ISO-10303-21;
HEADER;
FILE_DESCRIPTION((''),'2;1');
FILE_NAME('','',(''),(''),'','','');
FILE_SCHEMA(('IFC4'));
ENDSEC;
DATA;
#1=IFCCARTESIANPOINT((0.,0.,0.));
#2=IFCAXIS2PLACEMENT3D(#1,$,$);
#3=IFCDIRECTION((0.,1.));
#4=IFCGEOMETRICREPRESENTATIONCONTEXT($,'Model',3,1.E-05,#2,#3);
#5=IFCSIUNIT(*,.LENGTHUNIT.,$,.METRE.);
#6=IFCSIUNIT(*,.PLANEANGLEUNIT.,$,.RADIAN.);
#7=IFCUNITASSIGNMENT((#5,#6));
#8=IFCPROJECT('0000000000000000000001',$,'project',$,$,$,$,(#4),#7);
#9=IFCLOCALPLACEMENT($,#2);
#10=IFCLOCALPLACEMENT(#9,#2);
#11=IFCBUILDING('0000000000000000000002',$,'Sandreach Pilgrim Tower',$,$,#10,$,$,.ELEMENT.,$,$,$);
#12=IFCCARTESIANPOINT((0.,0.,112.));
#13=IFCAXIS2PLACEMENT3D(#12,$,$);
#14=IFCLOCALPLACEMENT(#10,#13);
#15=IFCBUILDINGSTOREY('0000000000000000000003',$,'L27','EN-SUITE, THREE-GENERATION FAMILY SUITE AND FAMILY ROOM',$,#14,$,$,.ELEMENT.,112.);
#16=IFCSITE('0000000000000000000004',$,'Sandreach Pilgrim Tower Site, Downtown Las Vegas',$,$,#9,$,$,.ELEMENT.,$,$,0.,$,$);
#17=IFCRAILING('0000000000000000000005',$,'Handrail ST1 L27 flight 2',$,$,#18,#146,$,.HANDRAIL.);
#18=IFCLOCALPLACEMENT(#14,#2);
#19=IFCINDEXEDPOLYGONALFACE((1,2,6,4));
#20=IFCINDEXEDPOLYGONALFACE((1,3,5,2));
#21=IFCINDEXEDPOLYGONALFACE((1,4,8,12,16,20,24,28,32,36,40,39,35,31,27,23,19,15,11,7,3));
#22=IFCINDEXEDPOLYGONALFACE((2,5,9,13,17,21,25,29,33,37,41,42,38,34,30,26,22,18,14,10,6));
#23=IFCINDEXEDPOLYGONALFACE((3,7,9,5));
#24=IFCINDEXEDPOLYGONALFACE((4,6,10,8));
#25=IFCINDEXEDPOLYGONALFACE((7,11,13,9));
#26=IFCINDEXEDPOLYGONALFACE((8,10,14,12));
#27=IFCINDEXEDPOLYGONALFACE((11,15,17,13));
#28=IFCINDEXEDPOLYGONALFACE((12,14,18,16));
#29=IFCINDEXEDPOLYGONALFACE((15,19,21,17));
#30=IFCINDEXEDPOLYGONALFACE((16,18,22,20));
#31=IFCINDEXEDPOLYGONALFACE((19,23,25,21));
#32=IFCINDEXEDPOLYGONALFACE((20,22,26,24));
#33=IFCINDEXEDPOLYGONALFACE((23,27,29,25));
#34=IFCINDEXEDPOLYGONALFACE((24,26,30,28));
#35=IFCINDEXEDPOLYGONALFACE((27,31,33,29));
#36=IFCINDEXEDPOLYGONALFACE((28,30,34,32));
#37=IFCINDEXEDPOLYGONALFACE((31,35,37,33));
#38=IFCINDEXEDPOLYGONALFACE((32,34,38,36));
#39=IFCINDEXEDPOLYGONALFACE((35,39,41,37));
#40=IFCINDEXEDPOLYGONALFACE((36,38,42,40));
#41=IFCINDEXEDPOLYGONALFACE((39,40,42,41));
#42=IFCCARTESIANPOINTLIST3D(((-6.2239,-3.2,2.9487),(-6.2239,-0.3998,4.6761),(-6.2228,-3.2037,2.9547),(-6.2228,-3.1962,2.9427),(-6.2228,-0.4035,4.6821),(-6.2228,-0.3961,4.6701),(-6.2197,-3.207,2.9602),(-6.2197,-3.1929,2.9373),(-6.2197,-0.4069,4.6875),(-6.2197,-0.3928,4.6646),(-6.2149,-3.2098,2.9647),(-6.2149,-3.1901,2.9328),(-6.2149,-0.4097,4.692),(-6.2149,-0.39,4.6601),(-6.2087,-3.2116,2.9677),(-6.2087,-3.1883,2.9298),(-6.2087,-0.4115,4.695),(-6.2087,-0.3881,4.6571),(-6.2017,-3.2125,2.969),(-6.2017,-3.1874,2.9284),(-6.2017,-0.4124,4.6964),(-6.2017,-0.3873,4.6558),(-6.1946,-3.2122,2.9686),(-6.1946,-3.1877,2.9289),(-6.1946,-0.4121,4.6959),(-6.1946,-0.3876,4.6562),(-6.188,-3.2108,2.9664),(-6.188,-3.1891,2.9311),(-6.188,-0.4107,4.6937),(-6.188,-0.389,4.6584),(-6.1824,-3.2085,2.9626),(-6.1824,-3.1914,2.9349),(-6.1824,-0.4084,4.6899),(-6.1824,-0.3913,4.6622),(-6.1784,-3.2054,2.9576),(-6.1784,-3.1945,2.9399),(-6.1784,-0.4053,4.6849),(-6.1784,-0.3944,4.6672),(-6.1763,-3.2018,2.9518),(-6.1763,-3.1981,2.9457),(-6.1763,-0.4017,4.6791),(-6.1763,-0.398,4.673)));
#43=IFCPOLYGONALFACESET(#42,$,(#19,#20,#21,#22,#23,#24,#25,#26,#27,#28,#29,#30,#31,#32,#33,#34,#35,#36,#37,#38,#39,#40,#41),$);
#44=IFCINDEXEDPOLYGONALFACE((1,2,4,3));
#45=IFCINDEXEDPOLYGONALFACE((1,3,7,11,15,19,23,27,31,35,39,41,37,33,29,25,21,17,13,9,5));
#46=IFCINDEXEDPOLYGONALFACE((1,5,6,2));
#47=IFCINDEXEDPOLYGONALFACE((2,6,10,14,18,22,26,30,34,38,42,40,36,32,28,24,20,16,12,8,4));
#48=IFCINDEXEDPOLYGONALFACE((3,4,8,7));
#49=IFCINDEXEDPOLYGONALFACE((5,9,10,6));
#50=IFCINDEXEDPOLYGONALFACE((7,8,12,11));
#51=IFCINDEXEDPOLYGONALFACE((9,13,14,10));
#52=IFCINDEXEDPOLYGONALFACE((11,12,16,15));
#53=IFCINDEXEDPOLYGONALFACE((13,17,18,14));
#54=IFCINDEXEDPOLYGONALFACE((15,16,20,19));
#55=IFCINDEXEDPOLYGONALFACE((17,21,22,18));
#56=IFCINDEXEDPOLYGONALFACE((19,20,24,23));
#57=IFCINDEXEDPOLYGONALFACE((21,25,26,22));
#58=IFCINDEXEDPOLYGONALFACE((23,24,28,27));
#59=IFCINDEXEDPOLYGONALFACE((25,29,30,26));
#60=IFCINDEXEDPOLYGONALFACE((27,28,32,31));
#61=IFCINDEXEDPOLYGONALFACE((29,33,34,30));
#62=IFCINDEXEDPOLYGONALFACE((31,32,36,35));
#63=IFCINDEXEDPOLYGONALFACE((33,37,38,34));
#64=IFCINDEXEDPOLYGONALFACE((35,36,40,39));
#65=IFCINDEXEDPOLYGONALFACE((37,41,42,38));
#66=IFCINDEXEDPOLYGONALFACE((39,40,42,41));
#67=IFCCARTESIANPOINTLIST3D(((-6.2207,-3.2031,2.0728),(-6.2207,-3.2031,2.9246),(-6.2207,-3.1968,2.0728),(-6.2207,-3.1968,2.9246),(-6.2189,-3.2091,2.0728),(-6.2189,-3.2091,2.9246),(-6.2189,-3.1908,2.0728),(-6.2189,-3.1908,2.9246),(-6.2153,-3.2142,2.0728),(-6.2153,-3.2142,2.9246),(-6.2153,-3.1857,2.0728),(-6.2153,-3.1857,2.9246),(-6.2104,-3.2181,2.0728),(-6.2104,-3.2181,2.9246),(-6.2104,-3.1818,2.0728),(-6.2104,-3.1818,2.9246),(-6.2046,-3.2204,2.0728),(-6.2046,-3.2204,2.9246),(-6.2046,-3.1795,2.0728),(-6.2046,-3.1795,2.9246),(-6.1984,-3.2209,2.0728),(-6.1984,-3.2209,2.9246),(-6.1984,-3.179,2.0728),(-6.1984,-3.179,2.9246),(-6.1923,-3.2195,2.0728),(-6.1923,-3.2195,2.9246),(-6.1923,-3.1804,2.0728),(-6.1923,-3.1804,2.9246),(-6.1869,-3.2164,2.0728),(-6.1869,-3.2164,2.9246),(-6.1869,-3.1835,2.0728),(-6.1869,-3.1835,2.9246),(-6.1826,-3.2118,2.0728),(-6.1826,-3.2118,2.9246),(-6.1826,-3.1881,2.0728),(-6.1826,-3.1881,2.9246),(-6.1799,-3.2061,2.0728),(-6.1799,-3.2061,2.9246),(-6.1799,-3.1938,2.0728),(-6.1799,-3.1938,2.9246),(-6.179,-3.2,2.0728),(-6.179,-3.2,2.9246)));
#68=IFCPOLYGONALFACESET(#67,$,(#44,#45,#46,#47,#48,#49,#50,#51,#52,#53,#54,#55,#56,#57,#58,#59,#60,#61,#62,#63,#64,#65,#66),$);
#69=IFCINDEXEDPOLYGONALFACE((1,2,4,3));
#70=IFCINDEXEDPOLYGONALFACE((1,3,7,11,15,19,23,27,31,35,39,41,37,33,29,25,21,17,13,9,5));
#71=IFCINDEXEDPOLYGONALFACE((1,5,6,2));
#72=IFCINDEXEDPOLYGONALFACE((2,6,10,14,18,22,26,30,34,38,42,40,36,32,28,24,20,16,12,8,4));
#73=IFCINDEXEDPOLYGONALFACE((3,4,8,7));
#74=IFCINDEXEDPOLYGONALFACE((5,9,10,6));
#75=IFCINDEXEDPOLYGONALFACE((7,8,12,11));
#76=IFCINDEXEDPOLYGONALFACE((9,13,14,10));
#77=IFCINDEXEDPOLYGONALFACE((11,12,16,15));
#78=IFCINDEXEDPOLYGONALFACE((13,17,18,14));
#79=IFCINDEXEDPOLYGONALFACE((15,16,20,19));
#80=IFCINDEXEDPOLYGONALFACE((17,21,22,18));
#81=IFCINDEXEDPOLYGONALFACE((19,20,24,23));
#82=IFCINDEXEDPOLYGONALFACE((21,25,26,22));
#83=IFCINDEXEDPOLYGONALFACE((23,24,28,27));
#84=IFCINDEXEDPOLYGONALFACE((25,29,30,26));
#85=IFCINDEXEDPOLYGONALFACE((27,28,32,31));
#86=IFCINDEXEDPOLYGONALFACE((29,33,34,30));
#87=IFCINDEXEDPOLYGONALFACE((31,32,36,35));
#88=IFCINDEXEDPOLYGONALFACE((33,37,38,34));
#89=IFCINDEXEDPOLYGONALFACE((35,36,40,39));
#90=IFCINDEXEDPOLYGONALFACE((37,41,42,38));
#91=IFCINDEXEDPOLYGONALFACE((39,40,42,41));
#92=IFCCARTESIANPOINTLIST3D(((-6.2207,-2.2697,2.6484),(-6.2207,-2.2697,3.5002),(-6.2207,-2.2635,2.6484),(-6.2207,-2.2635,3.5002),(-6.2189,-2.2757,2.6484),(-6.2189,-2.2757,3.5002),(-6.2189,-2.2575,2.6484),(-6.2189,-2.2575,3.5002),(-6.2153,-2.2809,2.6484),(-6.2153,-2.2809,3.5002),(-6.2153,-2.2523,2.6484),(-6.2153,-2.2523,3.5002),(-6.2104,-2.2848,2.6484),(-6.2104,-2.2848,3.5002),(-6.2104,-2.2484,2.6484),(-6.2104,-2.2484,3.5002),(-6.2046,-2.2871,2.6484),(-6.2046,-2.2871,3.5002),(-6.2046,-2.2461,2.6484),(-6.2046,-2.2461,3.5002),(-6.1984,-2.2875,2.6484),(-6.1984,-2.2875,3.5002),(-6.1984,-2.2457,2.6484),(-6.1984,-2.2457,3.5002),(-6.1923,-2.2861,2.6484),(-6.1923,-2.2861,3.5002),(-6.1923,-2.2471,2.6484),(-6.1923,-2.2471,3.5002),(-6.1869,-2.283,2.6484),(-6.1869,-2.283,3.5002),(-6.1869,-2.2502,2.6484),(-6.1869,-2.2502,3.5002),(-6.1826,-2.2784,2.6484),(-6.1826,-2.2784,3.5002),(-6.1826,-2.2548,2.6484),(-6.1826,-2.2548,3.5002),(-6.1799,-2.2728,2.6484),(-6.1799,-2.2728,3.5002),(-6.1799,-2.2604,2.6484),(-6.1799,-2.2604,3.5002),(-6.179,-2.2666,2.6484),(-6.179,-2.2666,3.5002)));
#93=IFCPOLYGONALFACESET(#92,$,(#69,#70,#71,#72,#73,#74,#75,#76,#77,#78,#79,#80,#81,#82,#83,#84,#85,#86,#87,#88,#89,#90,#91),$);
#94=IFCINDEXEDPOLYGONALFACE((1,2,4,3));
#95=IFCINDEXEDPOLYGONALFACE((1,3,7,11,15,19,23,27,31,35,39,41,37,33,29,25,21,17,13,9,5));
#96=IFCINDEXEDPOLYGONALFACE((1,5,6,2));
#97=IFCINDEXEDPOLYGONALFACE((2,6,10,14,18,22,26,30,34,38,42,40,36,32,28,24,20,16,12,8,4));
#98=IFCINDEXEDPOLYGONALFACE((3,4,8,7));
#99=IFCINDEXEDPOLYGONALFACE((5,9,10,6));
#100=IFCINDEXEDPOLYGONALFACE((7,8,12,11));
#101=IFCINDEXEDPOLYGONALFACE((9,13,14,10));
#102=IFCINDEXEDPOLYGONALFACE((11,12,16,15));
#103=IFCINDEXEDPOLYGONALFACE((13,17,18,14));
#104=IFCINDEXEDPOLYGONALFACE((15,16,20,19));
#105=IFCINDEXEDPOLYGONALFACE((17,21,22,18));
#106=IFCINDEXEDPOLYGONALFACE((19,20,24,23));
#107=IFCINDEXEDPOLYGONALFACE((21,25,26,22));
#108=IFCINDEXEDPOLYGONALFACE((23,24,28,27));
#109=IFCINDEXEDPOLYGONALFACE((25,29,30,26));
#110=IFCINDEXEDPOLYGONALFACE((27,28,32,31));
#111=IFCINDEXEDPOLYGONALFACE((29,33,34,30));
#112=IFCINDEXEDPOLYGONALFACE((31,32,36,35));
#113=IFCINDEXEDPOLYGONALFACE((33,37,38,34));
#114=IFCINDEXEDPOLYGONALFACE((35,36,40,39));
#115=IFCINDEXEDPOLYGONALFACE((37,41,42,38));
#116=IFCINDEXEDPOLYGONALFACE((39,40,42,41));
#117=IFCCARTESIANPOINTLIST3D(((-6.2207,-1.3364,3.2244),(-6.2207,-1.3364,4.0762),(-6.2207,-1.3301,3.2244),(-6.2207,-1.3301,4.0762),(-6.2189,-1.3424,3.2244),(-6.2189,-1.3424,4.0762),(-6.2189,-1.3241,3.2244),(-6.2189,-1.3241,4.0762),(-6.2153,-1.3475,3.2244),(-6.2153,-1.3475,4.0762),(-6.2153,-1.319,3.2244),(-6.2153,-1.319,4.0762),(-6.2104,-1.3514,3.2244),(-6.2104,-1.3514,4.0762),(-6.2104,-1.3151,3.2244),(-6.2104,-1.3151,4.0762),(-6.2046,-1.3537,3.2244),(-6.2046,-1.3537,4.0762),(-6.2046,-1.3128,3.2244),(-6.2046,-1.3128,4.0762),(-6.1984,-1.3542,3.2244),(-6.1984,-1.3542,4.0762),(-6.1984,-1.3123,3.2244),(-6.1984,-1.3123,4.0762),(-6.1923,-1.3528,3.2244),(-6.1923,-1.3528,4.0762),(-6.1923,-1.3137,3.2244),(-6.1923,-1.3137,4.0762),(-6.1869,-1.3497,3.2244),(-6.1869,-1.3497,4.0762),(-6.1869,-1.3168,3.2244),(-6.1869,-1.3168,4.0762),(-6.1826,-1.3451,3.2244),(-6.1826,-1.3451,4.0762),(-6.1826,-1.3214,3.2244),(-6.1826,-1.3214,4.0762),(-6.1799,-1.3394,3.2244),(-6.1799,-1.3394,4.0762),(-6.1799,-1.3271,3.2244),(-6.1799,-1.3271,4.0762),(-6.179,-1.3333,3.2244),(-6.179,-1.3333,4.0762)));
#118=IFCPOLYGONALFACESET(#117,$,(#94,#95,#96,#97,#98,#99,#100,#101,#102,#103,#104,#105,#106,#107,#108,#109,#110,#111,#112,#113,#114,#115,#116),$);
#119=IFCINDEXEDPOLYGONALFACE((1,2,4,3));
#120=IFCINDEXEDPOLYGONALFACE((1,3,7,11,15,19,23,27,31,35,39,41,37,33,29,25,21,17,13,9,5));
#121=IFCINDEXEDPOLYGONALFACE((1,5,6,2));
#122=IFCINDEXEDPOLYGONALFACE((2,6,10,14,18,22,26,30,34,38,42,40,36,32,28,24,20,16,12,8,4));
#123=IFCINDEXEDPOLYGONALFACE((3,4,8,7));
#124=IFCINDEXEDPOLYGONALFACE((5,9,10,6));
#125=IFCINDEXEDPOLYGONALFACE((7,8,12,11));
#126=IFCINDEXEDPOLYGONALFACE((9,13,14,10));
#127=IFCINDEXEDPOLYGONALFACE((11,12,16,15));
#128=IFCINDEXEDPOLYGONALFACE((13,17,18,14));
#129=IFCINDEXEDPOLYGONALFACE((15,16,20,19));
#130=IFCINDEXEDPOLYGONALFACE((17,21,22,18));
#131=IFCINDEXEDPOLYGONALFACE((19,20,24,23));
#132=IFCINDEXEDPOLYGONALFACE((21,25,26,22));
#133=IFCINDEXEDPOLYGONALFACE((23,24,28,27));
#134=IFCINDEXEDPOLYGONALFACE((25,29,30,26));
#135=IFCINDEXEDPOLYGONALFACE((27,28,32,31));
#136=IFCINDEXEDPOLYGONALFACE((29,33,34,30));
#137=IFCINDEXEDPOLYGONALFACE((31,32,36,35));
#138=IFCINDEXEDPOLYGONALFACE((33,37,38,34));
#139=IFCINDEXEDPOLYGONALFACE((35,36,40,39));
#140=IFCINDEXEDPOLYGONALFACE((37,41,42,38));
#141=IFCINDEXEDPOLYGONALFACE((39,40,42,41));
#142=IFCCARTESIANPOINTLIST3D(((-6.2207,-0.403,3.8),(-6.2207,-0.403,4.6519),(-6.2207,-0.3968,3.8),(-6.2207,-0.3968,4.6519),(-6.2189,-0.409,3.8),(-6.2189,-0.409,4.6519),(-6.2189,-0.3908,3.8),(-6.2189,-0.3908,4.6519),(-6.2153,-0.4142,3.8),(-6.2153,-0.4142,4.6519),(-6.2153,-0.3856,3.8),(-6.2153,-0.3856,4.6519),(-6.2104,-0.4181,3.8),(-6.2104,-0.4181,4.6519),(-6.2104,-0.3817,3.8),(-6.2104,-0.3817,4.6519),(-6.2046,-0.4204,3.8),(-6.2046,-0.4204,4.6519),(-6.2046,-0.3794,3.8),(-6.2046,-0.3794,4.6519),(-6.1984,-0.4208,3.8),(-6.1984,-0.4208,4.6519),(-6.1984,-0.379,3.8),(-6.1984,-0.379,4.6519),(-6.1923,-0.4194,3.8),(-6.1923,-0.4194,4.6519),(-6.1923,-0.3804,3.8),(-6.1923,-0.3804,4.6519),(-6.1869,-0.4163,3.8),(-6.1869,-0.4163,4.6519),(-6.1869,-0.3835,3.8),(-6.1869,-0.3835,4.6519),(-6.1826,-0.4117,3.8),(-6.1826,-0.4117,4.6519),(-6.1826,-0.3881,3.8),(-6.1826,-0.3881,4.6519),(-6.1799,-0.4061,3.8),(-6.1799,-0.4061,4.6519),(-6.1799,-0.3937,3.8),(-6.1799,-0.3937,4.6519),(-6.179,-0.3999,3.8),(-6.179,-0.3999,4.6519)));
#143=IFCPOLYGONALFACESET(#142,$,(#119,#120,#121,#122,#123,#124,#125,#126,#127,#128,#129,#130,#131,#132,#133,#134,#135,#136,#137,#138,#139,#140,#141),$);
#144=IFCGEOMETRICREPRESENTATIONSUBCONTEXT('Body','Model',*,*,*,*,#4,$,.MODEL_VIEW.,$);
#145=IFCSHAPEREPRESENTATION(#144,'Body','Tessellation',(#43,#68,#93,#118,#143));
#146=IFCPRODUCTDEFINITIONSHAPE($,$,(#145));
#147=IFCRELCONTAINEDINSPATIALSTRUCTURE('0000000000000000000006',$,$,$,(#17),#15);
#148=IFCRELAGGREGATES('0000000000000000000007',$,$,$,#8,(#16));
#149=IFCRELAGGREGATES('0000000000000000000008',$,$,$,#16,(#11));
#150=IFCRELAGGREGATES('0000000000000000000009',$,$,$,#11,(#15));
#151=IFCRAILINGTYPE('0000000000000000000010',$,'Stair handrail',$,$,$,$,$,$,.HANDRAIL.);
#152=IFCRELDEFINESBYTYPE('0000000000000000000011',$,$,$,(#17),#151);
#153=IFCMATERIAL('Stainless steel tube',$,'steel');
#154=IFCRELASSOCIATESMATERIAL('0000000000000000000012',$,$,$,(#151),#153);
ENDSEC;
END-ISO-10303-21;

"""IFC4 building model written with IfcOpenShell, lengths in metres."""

from ifc_helpers import new_model, si_unit, direction, frame, origin, origin_2d, place, context, subcontext, project, spatial, circle, extrude, material, type_object, element, save


model = new_model("IFC4")

# Units and contexts
model_context = context("Model", 3, precision=1e-05, world=origin(), true_north=direction((0.0, 1.0)))
body_context = subcontext(model_context, "Body", "Model", "MODEL_VIEW")
ifc_project = project(units=[si_unit("LENGTHUNIT", "METRE"), si_unit("PLANEANGLEUNIT", "RADIAN")], contexts=[model_context])

# Site, building, storey
site_placement = place(None, origin())
site = spatial("IfcSite", under=ifc_project, at=site_placement, Name="Sandreach Pilgrim Tower Site, Downtown Las Vegas", CompositionType="ELEMENT", RefElevation=0.0)
building_placement = place(site_placement, origin())
building = spatial("IfcBuilding", under=site, at=building_placement, Name="Sandreach Pilgrim Tower", CompositionType="ELEMENT")
storey_placement = place(building_placement, frame((0.0, 0.0, 112.0)))
storey = spatial("IfcBuildingStorey", under=building, at=storey_placement, Name="L27", Description="EN-SUITE, THREE-GENERATION FAMILY SUITE AND FAMILY ROOM", CompositionType="ELEMENT", Elevation=112.0)

# Railing
ifc_material_1 = material(Name="Stainless steel tube", Category="steel")
railing_type = type_object("IfcRailingType", Name="Stair handrail", PredefinedType="HANDRAIL", material=ifc_material_1)
for number, where, name in (
    (1, (-6.2, -3.2, 2.0728), "Handrail ST1 L27 flight 2"),
):
    element("IfcRailing", number, at=place(storey_placement, frame(where)), inside=storey, type_object=railing_type, Name=name, PredefinedType="HANDRAIL", context=body_context, shape_type="SweptSolid", body=[
        extrude(circle(Radius=0.0239, at=origin_2d()), frame((0.0, 0.0, 0.876), z_axis=(0.0, 0.85109, 0.52502), x_axis=(-1.0, 0.0, 0.0)), (0.0, 0.0, 1.0), 3.29),
        extrude(circle(Radius=0.021, at=origin_2d()), origin(), (0.0, 0.0, 1.0), 0.8518),
        extrude(circle(Radius=0.021, at=origin_2d()), frame((0.0, 0.9333, 0.5757)), (0.0, 0.0, 1.0), 0.8518),
        extrude(circle(Radius=0.021, at=origin_2d()), frame((0.0, 1.8667, 1.1516)), (0.0, 0.0, 1.0), 0.8518),
        extrude(circle(Radius=0.021, at=origin_2d()), frame((0.0, 2.8, 1.7273)), (0.0, 0.0, 1.0), 0.8518),
    ])

save(model, "model.ifc")
